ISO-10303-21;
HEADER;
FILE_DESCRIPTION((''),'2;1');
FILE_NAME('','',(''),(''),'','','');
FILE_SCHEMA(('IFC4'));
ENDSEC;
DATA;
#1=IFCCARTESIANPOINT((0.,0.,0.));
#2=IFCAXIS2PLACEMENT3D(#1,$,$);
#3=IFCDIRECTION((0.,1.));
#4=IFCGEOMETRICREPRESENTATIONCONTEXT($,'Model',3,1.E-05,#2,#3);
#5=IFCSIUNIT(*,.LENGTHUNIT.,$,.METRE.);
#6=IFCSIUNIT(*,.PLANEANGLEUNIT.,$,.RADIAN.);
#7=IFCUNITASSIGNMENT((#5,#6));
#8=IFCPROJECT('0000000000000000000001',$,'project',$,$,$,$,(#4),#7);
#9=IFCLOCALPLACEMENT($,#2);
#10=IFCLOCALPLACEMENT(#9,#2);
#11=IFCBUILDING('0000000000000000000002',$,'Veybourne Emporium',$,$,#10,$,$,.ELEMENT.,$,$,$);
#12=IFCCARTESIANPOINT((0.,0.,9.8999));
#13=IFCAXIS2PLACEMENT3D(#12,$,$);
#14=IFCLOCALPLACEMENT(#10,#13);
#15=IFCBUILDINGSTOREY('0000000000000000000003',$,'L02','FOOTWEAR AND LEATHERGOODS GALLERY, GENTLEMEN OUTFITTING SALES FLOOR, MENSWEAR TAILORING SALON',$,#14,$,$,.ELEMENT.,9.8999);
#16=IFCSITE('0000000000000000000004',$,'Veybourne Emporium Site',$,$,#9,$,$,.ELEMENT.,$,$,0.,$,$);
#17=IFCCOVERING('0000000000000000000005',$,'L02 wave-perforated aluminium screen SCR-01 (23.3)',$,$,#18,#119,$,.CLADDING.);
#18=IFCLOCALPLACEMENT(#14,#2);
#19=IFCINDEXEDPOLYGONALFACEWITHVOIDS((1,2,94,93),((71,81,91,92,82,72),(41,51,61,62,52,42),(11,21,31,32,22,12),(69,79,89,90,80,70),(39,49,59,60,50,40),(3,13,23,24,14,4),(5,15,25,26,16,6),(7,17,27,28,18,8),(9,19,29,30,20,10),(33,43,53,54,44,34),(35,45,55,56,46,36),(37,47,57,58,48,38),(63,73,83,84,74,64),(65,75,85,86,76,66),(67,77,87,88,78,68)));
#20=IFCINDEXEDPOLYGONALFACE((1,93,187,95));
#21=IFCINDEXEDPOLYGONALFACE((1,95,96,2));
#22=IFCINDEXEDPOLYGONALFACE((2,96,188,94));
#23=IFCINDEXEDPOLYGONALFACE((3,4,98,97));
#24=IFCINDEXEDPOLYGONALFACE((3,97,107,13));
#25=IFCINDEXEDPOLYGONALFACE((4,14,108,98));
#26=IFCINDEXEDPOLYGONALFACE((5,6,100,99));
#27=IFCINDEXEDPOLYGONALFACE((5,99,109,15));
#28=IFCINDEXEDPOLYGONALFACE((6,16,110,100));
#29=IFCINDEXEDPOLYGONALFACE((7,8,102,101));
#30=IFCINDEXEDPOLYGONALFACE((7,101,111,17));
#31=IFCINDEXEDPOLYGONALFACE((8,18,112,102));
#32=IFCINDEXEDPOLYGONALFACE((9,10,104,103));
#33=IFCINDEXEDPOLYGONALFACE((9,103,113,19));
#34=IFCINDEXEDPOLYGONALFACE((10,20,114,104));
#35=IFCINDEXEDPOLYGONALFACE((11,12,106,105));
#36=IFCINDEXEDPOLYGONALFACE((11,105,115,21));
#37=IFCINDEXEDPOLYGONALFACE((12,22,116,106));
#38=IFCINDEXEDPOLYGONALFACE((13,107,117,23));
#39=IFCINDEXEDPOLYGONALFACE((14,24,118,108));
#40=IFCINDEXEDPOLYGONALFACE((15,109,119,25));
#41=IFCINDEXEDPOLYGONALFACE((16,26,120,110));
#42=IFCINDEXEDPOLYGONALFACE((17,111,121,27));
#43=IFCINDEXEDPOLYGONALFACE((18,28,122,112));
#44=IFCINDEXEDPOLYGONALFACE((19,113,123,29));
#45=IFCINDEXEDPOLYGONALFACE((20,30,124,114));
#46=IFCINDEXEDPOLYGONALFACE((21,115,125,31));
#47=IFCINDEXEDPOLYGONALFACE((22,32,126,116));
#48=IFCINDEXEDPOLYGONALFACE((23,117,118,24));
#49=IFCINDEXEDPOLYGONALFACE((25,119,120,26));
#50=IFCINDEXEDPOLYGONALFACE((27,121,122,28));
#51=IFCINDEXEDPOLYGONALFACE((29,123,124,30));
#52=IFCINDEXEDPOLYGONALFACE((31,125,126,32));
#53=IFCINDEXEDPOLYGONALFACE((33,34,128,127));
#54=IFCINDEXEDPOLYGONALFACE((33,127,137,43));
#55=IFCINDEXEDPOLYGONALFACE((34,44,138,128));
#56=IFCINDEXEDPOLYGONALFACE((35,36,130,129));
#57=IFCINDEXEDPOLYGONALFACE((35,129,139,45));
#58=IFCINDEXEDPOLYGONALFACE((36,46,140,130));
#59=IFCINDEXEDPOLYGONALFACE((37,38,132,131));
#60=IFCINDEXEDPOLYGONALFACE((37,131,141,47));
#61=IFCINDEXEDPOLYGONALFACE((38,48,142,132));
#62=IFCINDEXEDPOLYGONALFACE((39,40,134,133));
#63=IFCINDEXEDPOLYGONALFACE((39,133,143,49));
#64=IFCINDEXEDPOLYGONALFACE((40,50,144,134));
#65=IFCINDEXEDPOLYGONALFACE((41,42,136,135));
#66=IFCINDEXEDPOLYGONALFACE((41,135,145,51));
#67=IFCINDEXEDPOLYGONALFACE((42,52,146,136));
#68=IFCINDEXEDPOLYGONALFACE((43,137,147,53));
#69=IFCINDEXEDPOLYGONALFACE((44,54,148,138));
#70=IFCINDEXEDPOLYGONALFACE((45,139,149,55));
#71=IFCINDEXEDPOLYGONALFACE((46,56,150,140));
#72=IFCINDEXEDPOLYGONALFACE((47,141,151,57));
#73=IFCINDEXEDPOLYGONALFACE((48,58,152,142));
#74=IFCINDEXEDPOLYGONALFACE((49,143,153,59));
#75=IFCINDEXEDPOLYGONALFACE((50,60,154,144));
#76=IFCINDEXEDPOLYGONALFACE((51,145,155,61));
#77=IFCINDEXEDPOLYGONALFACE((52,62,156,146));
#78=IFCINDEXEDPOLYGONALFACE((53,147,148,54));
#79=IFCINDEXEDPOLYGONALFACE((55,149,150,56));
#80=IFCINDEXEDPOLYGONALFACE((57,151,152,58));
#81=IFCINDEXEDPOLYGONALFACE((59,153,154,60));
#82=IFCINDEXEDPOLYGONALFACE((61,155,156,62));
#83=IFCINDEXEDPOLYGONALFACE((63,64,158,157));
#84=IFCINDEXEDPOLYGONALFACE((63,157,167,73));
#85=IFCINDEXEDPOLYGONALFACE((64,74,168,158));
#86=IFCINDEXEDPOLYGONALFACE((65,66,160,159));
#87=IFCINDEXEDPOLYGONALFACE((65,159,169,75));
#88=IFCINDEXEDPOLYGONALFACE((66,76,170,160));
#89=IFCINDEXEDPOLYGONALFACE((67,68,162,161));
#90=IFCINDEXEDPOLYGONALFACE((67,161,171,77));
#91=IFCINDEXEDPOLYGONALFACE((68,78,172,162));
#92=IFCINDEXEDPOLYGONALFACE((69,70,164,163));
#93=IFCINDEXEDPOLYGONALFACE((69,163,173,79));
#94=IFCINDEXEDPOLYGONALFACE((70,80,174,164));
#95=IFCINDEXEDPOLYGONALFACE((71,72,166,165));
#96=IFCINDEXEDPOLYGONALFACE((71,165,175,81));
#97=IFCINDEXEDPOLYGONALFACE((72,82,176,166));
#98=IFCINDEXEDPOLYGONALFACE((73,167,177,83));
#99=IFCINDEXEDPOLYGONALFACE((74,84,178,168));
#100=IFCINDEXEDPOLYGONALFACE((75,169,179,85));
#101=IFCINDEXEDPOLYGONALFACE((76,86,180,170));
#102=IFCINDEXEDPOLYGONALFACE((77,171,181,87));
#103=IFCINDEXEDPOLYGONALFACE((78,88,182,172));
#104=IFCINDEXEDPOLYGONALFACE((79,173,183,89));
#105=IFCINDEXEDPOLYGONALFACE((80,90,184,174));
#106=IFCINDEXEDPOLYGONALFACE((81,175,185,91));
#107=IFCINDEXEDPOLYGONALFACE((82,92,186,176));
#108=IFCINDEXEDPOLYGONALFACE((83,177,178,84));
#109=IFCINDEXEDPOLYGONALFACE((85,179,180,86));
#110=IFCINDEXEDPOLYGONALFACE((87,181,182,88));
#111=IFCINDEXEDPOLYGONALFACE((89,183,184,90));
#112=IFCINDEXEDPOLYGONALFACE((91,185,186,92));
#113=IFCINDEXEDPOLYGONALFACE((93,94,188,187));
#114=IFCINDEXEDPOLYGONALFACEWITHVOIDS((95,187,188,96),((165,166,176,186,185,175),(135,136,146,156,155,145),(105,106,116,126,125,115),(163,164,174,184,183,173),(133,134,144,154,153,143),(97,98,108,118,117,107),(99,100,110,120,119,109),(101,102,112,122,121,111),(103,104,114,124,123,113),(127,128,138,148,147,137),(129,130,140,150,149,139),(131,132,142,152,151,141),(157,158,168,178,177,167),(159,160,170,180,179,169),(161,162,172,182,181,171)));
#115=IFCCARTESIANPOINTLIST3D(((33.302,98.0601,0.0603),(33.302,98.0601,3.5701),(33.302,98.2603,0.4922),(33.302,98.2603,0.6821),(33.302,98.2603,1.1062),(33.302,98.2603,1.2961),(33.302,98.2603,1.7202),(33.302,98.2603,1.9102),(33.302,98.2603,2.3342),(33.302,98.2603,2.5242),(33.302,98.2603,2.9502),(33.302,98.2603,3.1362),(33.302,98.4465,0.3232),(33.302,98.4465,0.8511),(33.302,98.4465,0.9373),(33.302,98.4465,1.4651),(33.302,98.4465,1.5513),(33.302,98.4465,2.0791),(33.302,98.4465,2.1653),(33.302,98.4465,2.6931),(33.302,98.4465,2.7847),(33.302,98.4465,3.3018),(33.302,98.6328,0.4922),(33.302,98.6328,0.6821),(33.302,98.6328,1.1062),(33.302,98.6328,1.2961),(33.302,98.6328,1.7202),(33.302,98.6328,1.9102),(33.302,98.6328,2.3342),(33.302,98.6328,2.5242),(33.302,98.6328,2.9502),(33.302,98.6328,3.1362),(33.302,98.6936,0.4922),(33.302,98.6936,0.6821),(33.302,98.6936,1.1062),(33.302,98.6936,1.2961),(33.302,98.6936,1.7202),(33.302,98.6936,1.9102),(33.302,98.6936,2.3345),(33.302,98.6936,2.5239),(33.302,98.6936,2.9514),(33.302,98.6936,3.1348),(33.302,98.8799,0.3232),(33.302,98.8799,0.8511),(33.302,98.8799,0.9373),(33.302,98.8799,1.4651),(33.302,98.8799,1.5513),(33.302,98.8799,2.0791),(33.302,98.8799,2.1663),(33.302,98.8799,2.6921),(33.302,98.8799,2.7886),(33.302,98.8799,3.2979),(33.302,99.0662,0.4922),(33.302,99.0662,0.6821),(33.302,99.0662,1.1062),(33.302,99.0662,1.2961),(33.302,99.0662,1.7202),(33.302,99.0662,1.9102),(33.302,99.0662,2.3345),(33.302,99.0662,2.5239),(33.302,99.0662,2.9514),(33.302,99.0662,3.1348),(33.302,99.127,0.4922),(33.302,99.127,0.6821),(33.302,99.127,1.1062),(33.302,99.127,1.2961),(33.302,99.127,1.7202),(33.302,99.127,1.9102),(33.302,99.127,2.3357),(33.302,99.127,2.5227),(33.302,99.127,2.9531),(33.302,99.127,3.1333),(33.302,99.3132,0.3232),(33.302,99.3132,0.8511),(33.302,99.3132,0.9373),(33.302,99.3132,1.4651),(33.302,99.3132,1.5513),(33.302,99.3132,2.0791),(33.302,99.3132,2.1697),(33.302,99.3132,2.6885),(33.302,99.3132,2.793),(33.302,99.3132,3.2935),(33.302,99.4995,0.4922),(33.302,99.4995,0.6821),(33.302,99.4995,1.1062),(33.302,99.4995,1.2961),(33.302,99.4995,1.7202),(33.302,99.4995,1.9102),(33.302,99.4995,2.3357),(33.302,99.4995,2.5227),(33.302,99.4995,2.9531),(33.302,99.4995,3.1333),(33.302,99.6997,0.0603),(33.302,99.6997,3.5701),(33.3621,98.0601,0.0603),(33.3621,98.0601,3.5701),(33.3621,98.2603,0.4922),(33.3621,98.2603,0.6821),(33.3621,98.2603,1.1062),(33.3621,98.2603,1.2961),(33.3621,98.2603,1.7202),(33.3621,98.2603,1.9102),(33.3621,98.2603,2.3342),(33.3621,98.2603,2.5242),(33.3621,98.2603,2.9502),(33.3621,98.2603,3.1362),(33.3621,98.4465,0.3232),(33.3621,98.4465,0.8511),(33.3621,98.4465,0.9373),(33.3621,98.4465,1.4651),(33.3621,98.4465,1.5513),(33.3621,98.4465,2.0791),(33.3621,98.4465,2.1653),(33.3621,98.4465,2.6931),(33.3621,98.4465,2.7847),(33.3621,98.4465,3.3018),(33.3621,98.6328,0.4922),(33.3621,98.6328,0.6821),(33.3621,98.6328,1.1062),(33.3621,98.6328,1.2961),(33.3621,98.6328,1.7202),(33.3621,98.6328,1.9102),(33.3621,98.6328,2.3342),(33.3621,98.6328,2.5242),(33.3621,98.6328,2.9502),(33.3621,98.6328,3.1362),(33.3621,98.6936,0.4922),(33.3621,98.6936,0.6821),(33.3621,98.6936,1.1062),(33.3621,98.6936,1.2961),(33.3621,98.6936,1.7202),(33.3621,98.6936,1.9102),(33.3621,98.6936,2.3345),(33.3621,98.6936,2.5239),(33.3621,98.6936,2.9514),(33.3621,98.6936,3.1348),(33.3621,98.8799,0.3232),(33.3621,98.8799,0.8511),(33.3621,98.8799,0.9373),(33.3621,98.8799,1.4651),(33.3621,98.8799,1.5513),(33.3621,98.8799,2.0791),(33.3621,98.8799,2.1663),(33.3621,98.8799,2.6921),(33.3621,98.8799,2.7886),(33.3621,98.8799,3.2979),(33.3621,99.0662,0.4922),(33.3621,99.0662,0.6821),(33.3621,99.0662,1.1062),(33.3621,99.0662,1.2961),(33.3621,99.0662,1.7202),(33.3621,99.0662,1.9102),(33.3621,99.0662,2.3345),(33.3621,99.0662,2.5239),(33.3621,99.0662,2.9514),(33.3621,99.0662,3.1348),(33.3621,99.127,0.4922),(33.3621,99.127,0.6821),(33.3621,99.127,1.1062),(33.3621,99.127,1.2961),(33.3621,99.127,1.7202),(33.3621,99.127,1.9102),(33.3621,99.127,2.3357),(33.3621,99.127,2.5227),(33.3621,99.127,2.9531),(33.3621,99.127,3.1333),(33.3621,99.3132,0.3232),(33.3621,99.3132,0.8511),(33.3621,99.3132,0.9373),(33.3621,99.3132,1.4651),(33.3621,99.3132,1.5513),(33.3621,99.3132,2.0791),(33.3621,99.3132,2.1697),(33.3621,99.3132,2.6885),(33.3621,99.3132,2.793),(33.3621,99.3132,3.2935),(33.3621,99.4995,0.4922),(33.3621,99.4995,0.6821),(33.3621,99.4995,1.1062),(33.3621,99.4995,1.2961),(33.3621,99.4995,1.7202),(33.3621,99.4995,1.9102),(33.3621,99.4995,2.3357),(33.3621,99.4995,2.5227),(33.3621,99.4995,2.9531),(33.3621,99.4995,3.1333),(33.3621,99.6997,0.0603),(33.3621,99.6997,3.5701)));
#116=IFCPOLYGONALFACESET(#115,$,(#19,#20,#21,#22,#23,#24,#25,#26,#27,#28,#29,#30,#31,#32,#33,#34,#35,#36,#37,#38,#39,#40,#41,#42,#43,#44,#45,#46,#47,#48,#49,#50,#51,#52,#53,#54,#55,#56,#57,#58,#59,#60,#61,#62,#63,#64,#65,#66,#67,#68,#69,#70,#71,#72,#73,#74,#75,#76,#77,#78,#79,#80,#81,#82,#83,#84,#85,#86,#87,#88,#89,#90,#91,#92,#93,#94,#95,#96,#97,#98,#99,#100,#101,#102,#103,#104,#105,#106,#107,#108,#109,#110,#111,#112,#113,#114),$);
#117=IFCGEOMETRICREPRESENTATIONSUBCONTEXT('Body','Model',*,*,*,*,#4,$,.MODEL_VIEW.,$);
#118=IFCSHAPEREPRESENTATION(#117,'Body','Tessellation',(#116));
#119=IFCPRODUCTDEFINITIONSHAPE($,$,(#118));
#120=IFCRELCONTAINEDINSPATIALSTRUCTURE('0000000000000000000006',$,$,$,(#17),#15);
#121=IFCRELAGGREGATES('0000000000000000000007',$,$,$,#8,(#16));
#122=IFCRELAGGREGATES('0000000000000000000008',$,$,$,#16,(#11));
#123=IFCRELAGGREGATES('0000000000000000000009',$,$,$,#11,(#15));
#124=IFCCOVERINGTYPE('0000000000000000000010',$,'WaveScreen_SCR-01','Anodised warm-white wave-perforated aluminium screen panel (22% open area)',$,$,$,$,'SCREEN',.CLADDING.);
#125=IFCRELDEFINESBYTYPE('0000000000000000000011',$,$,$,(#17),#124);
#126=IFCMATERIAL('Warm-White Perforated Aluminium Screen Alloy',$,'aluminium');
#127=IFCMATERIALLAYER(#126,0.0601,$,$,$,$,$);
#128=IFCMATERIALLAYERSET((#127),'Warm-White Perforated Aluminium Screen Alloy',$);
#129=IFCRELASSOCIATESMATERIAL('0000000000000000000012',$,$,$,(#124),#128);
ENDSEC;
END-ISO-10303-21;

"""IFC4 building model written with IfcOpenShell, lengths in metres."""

from ifc_helpers import new_model, si_unit, direction, frame, origin, place, context, subcontext, project, spatial, polyline, outline, extrude, material, layer, layer_set, type_object, element, save


model = new_model("IFC4")

# Units and contexts
model_context = context("Model", 3, precision=1e-05, world=origin(), true_north=direction((0.0, 1.0)))
body_context = subcontext(model_context, "Body", "Model", "MODEL_VIEW")
ifc_project = project(units=[si_unit("LENGTHUNIT", "METRE"), si_unit("PLANEANGLEUNIT", "RADIAN")], contexts=[model_context])

# Site, building, storey
site_placement = place(None, origin())
site = spatial("IfcSite", under=ifc_project, at=site_placement, Name="Veybourne Emporium Site", CompositionType="ELEMENT", RefElevation=0.0)
building_placement = place(site_placement, origin())
building = spatial("IfcBuilding", under=site, at=building_placement, Name="Veybourne Emporium", CompositionType="ELEMENT")
storey_placement = place(building_placement, frame((0.0, 0.0, 9.8999)))
storey = spatial("IfcBuildingStorey", under=building, at=storey_placement, Name="L02", Description="FOOTWEAR AND LEATHERGOODS GALLERY, GENTLEMEN OUTFITTING SALES FLOOR, MENSWEAR TAILORING SALON", CompositionType="ELEMENT", Elevation=9.8999)

# Covering
ifc_material_1 = material(Name="Warm-White Perforated Aluminium Screen Alloy", Category="aluminium")
ifc_layer_1 = layer(ifc_material_1, 0.0601)
ifc_layer_set_1 = layer_set([ifc_layer_1], Name="Warm-White Perforated Aluminium Screen Alloy")
covering_type_1 = type_object("IfcCoveringType", Name="WaveScreen_SCR-01", Description="Anodised warm-white wave-perforated aluminium screen panel (22% open area)", ElementType="SCREEN", PredefinedType="CLADDING", material=ifc_layer_set_1)
covering_1_placement = place(storey_placement, frame((33.302, 98.8799, 1.8152), z_axis=(1.0, 0.0, 0.0), x_axis=(0.0, 1.0, 0.0)))
element("IfcCovering", 1, at=covering_1_placement, inside=storey, type_object=covering_type_1, Name="L02 wave-perforated aluminium screen SCR-01 (23.3)", PredefinedType="CLADDING", context=body_context, shape_type="SweptSolid", body=[
    extrude(outline(polyline([(-0.8198, -1.7549), (0.8198, -1.7549), (0.8198, 1.7549), (-0.8198, 1.7549), (-0.8198, -1.7549)]), holes=[polyline([(-0.4333, -0.9641), (-0.2471, -1.1331), (-0.2471, -1.323), (-0.4333, -1.4919), (-0.6196, -1.323), (-0.6196, -1.1331), (-0.4333, -0.9641)]), polyline([(-0.4333, -0.3501), (-0.2471, -0.519), (-0.2471, -0.709), (-0.4333, -0.8779), (-0.6196, -0.709), (-0.6196, -0.519), (-0.4333, -0.3501)]), polyline([(-0.4333, 0.2639), (-0.2471, 0.095), (-0.2471, -0.095), (-0.4333, -0.2639), (-0.6196, -0.095), (-0.6196, 0.095), (-0.4333, 0.2639)]), polyline([(-0.4333, 0.8779), (-0.2471, 0.709), (-0.2471, 0.519), (-0.4333, 0.3501), (-0.6196, 0.519), (-0.6196, 0.709), (-0.4333, 0.8779)]), polyline([(-0.4333, 1.4866), (-0.2471, 1.321), (-0.2471, 1.135), (-0.4333, 0.9695), (-0.6196, 1.135), (-0.6196, 1.321), (-0.4333, 1.4866)]), polyline([(0.0, -0.9641), (0.1863, -1.1331), (0.1863, -1.323), (0.0, -1.4919), (-0.1863, -1.323), (-0.1863, -1.1331), (0.0, -0.9641)]), polyline([(0.0, -0.3501), (0.1863, -0.519), (0.1863, -0.709), (0.0, -0.8779), (-0.1863, -0.709), (-0.1863, -0.519), (0.0, -0.3501)]), polyline([(0.0, 0.2639), (0.1863, 0.095), (0.1863, -0.095), (0.0, -0.2639), (-0.1863, -0.095), (-0.1863, 0.095), (0.0, 0.2639)]), polyline([(0.0, 0.877), (0.1863, 0.7087), (0.1863, 0.5193), (0.0, 0.3511), (-0.1863, 0.5193), (-0.1863, 0.7087), (0.0, 0.877)]), polyline([(0.0, 1.4827), (0.1863, 1.3196), (0.1863, 1.1362), (0.0, 0.9734), (-0.1863, 1.1362), (-0.1863, 1.3196), (0.0, 1.4827)]), polyline([(0.4333, -0.9641), (0.6196, -1.1331), (0.6196, -1.323), (0.4333, -1.4919), (0.2471, -1.323), (0.2471, -1.1331), (0.4333, -0.9641)]), polyline([(0.4333, -0.3501), (0.6196, -0.519), (0.6196, -0.709), (0.4333, -0.8779), (0.2471, -0.709), (0.2471, -0.519), (0.4333, -0.3501)]), polyline([(0.4333, 0.2639), (0.6196, 0.095), (0.6196, -0.095), (0.4333, -0.2639), (0.2471, -0.095), (0.2471, 0.095), (0.4333, 0.2639)]), polyline([(0.4333, 0.8733), (0.6196, 0.7075), (0.6196, 0.5205), (0.4333, 0.3545), (0.2471, 0.5205), (0.2471, 0.7075), (0.4333, 0.8733)]), polyline([(0.4333, 1.4783), (0.6196, 1.3181), (0.6196, 1.1379), (0.4333, 0.9778), (0.2471, 1.1379), (0.2471, 1.3181), (0.4333, 1.4783)])]), origin(), (0.0, 0.0, 1.0), 0.0601),
])

save(model, "model.ifc")
